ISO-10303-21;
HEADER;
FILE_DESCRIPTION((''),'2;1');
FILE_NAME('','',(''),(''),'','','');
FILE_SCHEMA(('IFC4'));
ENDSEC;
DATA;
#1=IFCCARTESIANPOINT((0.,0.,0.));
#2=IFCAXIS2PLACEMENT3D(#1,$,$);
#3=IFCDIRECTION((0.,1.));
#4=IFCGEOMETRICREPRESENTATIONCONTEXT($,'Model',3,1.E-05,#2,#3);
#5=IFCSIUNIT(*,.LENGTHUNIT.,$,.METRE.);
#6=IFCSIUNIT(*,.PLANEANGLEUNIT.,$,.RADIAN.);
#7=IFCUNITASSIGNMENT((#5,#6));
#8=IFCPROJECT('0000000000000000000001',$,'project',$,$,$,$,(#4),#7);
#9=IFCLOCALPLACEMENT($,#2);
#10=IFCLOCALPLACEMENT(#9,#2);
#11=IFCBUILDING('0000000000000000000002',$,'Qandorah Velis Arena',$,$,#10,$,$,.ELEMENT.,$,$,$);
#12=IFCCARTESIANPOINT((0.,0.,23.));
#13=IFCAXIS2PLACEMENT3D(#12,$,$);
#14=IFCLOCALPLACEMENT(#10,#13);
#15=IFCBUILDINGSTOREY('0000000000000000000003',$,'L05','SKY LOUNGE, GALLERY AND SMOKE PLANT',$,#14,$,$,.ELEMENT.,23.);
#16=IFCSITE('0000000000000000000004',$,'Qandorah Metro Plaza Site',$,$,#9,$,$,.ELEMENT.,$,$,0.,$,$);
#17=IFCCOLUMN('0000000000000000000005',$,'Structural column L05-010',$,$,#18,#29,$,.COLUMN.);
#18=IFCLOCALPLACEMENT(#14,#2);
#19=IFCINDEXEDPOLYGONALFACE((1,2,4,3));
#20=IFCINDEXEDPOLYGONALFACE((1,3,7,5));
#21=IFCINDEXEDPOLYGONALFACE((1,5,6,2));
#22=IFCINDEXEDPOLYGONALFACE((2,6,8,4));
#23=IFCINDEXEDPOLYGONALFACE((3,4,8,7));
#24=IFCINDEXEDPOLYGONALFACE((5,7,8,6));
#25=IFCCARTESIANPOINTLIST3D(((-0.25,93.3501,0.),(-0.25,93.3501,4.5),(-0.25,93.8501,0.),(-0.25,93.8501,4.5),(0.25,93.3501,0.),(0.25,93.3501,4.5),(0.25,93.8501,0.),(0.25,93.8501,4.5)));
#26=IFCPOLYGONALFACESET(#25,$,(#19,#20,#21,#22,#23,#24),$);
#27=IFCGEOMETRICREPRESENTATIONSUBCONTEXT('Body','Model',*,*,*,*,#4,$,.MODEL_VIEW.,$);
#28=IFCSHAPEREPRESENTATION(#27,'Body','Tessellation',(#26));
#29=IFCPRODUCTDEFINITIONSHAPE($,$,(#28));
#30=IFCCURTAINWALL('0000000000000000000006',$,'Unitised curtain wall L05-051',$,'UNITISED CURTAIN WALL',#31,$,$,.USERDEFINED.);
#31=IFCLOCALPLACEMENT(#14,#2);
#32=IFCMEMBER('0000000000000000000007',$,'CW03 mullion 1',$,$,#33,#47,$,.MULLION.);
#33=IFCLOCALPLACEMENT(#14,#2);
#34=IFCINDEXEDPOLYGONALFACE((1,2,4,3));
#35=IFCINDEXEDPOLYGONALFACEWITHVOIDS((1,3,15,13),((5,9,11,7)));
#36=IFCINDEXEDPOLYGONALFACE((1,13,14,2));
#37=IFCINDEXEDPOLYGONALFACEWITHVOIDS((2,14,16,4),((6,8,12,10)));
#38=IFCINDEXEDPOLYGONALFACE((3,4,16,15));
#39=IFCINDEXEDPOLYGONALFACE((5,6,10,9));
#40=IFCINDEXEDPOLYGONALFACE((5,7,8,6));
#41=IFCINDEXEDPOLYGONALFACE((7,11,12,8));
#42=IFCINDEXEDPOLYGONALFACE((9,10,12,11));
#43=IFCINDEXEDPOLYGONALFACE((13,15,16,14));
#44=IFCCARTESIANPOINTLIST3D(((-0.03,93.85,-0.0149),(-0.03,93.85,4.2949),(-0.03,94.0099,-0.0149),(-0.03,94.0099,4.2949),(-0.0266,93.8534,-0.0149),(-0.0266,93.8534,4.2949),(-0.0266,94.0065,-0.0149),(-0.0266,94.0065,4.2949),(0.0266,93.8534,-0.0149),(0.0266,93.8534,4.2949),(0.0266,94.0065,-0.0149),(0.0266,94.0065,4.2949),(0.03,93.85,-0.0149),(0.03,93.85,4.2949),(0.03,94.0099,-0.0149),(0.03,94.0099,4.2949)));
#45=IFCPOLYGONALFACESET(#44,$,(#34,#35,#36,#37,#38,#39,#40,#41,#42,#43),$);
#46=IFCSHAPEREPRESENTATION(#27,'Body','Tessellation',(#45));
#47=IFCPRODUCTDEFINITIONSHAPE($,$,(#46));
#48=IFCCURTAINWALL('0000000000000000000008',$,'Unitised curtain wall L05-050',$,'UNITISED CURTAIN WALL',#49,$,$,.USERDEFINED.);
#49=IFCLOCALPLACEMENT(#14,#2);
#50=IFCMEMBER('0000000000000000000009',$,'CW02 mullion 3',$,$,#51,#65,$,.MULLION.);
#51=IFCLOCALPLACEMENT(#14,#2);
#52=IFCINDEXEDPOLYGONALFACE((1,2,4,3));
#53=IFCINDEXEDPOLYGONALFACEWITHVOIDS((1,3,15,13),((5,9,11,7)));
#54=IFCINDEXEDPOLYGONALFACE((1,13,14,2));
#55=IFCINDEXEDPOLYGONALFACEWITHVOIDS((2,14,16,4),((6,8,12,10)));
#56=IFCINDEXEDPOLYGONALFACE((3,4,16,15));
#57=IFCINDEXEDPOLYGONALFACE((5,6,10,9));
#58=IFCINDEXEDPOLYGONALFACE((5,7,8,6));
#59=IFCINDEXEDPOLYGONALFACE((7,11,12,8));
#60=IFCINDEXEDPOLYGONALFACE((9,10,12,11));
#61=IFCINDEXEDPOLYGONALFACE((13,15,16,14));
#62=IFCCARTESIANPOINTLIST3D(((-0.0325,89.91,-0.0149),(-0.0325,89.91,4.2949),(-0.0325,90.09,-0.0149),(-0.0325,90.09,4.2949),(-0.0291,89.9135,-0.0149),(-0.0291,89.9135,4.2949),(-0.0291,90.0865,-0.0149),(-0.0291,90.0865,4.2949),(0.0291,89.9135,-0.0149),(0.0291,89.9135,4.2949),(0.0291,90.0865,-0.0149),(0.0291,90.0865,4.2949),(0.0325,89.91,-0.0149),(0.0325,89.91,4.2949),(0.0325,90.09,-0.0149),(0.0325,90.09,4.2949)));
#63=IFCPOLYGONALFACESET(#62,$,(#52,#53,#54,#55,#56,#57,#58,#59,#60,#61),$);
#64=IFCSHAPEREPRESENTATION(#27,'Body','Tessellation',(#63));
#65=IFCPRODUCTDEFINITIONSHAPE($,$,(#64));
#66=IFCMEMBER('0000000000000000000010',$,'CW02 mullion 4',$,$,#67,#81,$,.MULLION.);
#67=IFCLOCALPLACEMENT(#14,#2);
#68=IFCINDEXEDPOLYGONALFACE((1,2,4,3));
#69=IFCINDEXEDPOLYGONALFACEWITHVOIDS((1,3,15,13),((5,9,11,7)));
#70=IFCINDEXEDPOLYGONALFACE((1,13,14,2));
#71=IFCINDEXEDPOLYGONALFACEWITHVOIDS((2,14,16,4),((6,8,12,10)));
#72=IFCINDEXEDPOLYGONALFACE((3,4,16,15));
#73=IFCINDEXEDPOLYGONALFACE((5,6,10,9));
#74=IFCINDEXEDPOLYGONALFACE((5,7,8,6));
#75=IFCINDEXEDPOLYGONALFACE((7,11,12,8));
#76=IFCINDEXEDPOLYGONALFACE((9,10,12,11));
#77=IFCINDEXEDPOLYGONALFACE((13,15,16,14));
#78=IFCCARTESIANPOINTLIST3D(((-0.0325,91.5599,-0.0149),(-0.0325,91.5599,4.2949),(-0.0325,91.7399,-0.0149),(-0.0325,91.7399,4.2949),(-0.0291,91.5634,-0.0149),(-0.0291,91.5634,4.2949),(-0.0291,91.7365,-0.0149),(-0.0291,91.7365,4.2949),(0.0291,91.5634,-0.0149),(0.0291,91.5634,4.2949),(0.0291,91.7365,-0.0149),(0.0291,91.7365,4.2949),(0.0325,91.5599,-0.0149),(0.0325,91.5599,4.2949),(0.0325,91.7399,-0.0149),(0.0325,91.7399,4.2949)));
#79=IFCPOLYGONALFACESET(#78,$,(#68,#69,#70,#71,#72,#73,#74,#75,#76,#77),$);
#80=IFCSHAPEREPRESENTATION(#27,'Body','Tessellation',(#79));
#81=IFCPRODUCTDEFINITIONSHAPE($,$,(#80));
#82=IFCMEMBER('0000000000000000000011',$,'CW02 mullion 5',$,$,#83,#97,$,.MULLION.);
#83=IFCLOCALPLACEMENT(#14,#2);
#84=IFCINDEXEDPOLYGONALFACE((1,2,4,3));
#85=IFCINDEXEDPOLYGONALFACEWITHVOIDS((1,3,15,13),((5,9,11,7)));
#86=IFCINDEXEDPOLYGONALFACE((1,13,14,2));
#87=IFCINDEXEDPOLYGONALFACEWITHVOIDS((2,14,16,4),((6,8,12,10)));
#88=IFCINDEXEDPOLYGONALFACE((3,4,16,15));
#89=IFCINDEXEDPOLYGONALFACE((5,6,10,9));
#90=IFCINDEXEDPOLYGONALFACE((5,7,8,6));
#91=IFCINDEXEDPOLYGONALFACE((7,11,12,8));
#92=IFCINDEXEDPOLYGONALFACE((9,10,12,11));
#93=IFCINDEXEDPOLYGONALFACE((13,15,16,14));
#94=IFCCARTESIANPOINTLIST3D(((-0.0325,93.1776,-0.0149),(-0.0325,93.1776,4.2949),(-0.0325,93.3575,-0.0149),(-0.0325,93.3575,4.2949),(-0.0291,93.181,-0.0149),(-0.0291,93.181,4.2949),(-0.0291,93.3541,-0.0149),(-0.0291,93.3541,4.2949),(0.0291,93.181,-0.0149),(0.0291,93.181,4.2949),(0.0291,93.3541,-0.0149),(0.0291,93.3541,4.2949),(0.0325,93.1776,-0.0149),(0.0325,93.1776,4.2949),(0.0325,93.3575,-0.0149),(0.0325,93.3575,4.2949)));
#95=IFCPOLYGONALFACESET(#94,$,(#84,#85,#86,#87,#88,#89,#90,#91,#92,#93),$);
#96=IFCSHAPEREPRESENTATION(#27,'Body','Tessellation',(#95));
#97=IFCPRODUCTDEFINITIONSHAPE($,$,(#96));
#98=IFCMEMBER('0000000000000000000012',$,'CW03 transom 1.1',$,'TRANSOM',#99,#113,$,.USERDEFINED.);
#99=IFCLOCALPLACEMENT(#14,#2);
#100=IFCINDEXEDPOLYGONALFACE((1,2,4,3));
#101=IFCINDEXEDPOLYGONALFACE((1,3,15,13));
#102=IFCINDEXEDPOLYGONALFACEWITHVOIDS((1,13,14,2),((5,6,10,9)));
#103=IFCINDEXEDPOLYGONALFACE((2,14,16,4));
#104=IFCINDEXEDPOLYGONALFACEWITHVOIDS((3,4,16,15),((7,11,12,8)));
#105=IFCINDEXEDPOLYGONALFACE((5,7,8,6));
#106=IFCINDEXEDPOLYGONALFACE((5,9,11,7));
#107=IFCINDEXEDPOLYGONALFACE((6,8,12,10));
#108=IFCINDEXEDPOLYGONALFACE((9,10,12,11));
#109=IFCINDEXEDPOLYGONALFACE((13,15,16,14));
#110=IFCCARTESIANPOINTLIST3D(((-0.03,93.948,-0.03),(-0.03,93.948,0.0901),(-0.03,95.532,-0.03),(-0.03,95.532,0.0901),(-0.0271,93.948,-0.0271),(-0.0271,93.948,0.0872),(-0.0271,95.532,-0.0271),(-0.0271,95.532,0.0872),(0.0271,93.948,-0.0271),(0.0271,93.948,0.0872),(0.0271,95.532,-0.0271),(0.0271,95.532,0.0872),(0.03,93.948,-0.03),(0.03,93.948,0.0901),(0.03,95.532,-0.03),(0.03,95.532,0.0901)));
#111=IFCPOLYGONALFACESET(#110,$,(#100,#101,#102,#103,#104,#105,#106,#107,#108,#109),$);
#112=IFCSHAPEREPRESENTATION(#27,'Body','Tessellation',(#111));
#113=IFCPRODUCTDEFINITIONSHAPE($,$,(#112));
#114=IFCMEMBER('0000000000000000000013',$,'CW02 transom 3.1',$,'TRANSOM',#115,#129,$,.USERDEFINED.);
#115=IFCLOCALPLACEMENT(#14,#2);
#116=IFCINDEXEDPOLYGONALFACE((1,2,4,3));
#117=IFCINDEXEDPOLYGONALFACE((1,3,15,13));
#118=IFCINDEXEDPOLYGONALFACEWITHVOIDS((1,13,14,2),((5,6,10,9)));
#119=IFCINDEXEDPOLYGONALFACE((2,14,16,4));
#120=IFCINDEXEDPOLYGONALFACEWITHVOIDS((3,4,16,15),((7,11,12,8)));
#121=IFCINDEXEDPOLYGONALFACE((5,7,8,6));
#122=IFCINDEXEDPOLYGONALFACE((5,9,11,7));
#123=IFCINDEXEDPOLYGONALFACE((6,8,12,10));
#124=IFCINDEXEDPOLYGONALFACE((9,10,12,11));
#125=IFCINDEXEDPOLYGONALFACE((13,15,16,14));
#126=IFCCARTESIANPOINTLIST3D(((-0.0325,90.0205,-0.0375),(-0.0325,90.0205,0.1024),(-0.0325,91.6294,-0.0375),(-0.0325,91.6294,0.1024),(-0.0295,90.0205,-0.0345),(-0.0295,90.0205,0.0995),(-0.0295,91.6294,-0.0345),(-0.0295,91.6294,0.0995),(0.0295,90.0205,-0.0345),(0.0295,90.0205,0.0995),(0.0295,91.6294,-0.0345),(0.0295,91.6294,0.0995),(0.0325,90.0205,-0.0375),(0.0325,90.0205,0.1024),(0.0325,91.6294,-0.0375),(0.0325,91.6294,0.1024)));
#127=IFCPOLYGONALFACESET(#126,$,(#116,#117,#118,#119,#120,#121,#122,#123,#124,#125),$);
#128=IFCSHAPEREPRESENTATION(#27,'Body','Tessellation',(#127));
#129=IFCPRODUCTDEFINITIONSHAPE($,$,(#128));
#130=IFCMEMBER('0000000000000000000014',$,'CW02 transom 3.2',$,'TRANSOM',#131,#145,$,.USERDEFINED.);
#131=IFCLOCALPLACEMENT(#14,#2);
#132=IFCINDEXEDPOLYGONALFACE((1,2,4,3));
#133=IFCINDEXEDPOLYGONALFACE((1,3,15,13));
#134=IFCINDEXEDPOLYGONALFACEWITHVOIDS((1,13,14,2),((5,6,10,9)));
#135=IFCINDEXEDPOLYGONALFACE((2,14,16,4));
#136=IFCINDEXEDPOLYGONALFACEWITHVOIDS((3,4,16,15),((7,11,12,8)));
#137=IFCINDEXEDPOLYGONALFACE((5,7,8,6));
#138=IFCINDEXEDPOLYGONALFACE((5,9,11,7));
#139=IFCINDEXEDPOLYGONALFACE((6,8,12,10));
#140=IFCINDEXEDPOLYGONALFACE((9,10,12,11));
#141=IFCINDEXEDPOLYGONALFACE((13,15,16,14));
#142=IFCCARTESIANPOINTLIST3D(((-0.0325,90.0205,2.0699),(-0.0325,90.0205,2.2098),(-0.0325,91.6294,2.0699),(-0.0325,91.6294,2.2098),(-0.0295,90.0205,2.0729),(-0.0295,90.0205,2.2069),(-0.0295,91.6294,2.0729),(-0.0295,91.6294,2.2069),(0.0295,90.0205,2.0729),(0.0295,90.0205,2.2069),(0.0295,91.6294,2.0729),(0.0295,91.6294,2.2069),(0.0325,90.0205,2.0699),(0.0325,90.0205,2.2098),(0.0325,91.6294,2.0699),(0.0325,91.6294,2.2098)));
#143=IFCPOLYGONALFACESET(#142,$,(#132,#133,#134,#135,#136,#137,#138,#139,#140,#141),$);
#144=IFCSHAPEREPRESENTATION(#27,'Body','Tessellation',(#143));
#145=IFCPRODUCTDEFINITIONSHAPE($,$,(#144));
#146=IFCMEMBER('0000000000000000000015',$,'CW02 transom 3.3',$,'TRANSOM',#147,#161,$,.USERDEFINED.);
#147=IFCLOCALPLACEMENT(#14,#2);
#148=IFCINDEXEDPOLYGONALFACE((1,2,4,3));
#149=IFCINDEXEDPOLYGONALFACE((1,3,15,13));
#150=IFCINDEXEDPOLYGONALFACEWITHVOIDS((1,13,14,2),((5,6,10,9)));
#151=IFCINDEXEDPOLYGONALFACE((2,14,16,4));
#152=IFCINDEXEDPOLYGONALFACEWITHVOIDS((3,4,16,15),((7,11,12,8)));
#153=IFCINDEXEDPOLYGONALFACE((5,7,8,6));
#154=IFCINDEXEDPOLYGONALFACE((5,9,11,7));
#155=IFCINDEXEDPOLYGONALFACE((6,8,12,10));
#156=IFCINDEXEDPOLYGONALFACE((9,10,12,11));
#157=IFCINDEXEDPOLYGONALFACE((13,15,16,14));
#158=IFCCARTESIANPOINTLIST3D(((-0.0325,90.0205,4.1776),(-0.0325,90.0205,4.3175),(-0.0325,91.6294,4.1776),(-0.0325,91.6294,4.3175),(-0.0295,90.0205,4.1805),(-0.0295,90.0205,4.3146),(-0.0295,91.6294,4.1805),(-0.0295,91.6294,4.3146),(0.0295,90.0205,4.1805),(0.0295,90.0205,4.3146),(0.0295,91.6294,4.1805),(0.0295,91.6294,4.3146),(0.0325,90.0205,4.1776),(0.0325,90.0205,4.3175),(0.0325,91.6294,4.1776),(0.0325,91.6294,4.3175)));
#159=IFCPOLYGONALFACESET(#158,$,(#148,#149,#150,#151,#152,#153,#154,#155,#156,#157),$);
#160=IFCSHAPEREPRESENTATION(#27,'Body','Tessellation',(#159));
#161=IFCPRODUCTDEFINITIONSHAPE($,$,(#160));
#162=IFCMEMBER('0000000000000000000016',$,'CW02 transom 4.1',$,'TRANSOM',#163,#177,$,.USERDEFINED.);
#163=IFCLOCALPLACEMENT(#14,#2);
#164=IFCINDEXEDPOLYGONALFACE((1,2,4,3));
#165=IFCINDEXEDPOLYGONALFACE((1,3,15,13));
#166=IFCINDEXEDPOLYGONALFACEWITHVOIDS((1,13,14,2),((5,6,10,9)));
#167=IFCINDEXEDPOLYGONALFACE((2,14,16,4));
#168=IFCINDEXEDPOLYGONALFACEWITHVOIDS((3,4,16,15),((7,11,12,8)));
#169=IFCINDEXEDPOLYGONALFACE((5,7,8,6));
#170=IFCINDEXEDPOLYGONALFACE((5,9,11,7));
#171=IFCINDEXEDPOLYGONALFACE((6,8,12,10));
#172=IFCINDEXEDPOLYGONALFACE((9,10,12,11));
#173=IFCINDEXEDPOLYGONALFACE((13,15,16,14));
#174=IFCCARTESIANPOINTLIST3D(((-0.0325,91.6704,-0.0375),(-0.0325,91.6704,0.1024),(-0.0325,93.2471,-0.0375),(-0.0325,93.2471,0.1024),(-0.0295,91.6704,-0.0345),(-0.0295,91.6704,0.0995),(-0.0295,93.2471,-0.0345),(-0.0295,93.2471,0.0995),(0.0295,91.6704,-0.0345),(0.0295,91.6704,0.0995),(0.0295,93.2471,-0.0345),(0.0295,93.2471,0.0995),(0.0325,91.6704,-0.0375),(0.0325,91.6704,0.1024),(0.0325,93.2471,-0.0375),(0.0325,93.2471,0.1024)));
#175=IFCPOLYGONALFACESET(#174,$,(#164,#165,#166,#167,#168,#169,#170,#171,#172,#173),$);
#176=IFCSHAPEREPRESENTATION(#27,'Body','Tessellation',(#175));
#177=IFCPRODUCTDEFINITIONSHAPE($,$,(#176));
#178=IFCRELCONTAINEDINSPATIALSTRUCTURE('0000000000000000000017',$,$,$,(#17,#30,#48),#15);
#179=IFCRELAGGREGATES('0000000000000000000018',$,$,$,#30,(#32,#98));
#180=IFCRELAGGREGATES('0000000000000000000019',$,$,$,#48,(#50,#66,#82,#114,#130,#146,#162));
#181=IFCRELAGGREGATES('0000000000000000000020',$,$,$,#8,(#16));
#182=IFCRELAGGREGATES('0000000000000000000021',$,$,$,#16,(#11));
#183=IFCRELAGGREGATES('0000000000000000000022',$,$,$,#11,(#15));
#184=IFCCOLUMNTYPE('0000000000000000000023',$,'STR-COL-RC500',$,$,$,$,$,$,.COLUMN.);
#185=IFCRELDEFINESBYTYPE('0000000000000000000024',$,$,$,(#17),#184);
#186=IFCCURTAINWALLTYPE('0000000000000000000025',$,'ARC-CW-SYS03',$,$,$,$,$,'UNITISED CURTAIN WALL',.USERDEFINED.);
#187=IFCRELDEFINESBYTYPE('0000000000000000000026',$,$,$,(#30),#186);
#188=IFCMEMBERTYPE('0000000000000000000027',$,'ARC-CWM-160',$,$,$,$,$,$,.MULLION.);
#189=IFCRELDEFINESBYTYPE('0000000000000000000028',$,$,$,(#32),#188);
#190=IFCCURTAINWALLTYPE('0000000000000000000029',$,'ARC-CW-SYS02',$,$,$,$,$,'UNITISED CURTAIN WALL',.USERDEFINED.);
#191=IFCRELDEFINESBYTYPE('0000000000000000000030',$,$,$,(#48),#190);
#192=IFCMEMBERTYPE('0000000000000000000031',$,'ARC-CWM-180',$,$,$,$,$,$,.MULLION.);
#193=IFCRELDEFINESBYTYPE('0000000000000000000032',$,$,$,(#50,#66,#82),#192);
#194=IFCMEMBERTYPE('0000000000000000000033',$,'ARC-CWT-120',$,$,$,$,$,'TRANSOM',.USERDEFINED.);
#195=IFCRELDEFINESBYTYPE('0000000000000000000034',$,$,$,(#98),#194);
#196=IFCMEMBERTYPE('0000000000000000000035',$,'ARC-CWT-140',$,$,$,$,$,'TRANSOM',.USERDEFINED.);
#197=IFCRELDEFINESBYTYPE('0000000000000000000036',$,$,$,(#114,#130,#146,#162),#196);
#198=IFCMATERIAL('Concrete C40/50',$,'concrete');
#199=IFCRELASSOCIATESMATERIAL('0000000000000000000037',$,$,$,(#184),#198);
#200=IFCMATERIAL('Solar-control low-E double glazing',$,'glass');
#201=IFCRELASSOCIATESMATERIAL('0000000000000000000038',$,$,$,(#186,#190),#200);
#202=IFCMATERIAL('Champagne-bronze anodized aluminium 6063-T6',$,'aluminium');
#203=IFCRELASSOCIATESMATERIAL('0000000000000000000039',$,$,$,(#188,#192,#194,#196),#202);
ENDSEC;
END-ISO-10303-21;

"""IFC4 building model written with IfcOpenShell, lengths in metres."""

from ifc_helpers import new_model, si_unit, direction, frame, origin, origin_2d, place, context, subcontext, project, spatial, rectangle, hollow_rectangle, extrude, material, material_profile, profile_set, type_object, element, aggregate, save


model = new_model("IFC4")

# Units and contexts
model_context = context("Model", 3, precision=1e-05, world=origin(), true_north=direction((0.0, 1.0)))
body_context = subcontext(model_context, "Body", "Model", "MODEL_VIEW")
ifc_project = project(units=[si_unit("LENGTHUNIT", "METRE"), si_unit("PLANEANGLEUNIT", "RADIAN")], contexts=[model_context])

# Site, building, storey
site_placement = place(None, origin())
site = spatial("IfcSite", under=ifc_project, at=site_placement, Name="Qandorah Metro Plaza Site", CompositionType="ELEMENT", RefElevation=0.0)
building_placement = place(site_placement, origin())
building = spatial("IfcBuilding", under=site, at=building_placement, Name="Qandorah Velis Arena", CompositionType="ELEMENT")
storey_placement = place(building_placement, frame((0.0, 0.0, 23.0)))
storey = spatial("IfcBuildingStorey", under=building, at=storey_placement, Name="L05", Description="SKY LOUNGE, GALLERY AND SMOKE PLANT", CompositionType="ELEMENT", Elevation=23.0)

# Column
ifc_material_1 = material(Name="Concrete C40/50", Category="concrete")
ifc_material_profile_1 = material_profile(ifc_material_1, rectangle(XDim=0.5, YDim=0.5, at=origin_2d()), Name="RC COL 500x500")
ifc_profile_set_1 = profile_set([ifc_material_profile_1], Name="Concrete C40/50")
column_type = type_object("IfcColumnType", Name="STR-COL-RC500", PredefinedType="COLUMN", material=ifc_profile_set_1)
column_placement = place(storey_placement, frame((0.0, 93.6001, 0.0), z_axis=(0.0, 0.0, 1.0), x_axis=(1.0, 0.0, 0.0)))
element("IfcColumn", 1, at=column_placement, inside=storey, type_object=column_type, Name="Structural column L05-010", PredefinedType="COLUMN", context=body_context, shape_type="SweptSolid", body=[
    extrude(rectangle(XDim=0.5, YDim=0.5, at=origin_2d()), origin(), (0.0, 0.0, 1.0), 4.5),
])

# Curtain wall, member
ifc_material_2 = material(Name="Solar-control low-E double glazing", Category="glass")
curtain_wall_type_1 = type_object("IfcCurtainWallType", Name="ARC-CW-SYS03", ElementType="UNITISED CURTAIN WALL", PredefinedType="USERDEFINED", material=ifc_material_2)
curtain_wall_1_placement = place(storey_placement, origin())
curtain_wall_1 = element("IfcCurtainWall", 2, at=curtain_wall_1_placement, inside=storey, type_object=curtain_wall_type_1, Name="Unitised curtain wall L05-051", ObjectType="UNITISED CURTAIN WALL", PredefinedType="USERDEFINED")
ifc_material_3 = material(Name="Champagne-bronze anodized aluminium 6063-T6", Category="aluminium")
ifc_material_profile_2 = material_profile(ifc_material_3, hollow_rectangle(XDim=0.0601, YDim=0.1599, WallThickness=0.0034, at=origin_2d()), Name="ALU MULLION 60x160")
ifc_profile_set_2 = profile_set([ifc_material_profile_2], Name="Champagne-bronze anodized aluminium 6063-T6")
member_type_1 = type_object("IfcMemberType", Name="ARC-CWM-160", PredefinedType="MULLION", material=ifc_profile_set_2)
member_1_placement = place(storey_placement, frame((0.0, 93.9299, -0.0149), z_axis=(0.0, 0.0, 1.0), x_axis=(-1.0, 0.0, 0.0)))
member_1 = element("IfcMember", 3, at=member_1_placement, type_object=member_type_1, Name="CW03 mullion 1", PredefinedType="MULLION", context=body_context, shape_type="SweptSolid", body=[
    extrude(hollow_rectangle(XDim=0.0601, YDim=0.1599, WallThickness=0.0034, at=origin_2d()), origin(), (0.0, 0.0, 1.0), 4.3098),
])

# Curtain wall, members
curtain_wall_type_2 = type_object("IfcCurtainWallType", Name="ARC-CW-SYS02", ElementType="UNITISED CURTAIN WALL", PredefinedType="USERDEFINED", material=ifc_material_2)
curtain_wall_2_placement = place(storey_placement, origin())
curtain_wall_2 = element("IfcCurtainWall", 4, at=curtain_wall_2_placement, inside=storey, type_object=curtain_wall_type_2, Name="Unitised curtain wall L05-050", ObjectType="UNITISED CURTAIN WALL", PredefinedType="USERDEFINED")
ifc_material_profile_3 = material_profile(ifc_material_3, hollow_rectangle(XDim=0.0649, YDim=0.1799, WallThickness=0.0034, at=origin_2d()), Name="ALU MULLION 65x180")
ifc_profile_set_3 = profile_set([ifc_material_profile_3], Name="Champagne-bronze anodized aluminium 6063-T6")
member_type_2 = type_object("IfcMemberType", Name="ARC-CWM-180", PredefinedType="MULLION", material=ifc_profile_set_3)
member_2_placement = place(storey_placement, frame((0.0, 90.0, -0.0149), z_axis=(0.0, 0.0, 1.0), x_axis=(-1.0, 0.0, 0.0)))
member_2 = element("IfcMember", 5, at=member_2_placement, type_object=member_type_2, Name="CW02 mullion 3", PredefinedType="MULLION", context=body_context, shape_type="SweptSolid", body=[
    extrude(hollow_rectangle(XDim=0.0649, YDim=0.1799, WallThickness=0.0034, at=origin_2d()), origin(), (0.0, 0.0, 1.0), 4.3098),
])
member_3_placement = place(storey_placement, frame((0.0, 91.6499, -0.0149), z_axis=(0.0, 0.0, 1.0), x_axis=(-1.0, 0.0, 0.0)))
member_3 = element("IfcMember", 6, at=member_3_placement, type_object=member_type_2, Name="CW02 mullion 4", PredefinedType="MULLION", context=body_context, shape_type="SweptSolid", body=[
    extrude(hollow_rectangle(XDim=0.0649, YDim=0.1799, WallThickness=0.0034, at=origin_2d()), origin(), (0.0, 0.0, 1.0), 4.3098),
])
member_4_placement = place(storey_placement, frame((0.0, 93.2676, -0.0149), z_axis=(0.0, 0.0, 1.0), x_axis=(-1.0, 0.0, 0.0)))
member_4 = element("IfcMember", 7, at=member_4_placement, type_object=member_type_2, Name="CW02 mullion 5", PredefinedType="MULLION", context=body_context, shape_type="SweptSolid", body=[
    extrude(hollow_rectangle(XDim=0.0649, YDim=0.1799, WallThickness=0.0034, at=origin_2d()), origin(), (0.0, 0.0, 1.0), 4.3098),
])

# Members
ifc_material_profile_4 = material_profile(ifc_material_3, hollow_rectangle(XDim=0.0601, YDim=0.1201, WallThickness=0.0029, at=origin_2d()), Name="ALU TRANSOM 60x120")
ifc_profile_set_4 = profile_set([ifc_material_profile_4], Name="Champagne-bronze anodized aluminium 6063-T6")
member_type_3 = type_object("IfcMemberType", Name="ARC-CWT-120", ElementType="TRANSOM", PredefinedType="USERDEFINED", material=ifc_profile_set_4)
member_5_placement = place(storey_placement, frame((0.0, 93.948, 0.03), z_axis=(0.0, 1.0, 0.0), x_axis=(-1.0, 0.0, 0.0)))
member_5 = element("IfcMember", 8, at=member_5_placement, type_object=member_type_3, Name="CW03 transom 1.1", ObjectType="TRANSOM", PredefinedType="USERDEFINED", context=body_context, shape_type="SweptSolid", body=[
    extrude(hollow_rectangle(XDim=0.0601, YDim=0.1201, WallThickness=0.0029, at=origin_2d()), origin(), (0.0, 0.0, 1.0), 1.584),
])
aggregate(curtain_wall_1, [member_1, member_5])
ifc_material_profile_5 = material_profile(ifc_material_3, hollow_rectangle(XDim=0.0649, YDim=0.1399, WallThickness=0.0029, at=origin_2d()), Name="ALU TRANSOM 65x140")
ifc_profile_set_5 = profile_set([ifc_material_profile_5], Name="Champagne-bronze anodized aluminium 6063-T6")
member_type_4 = type_object("IfcMemberType", Name="ARC-CWT-140", ElementType="TRANSOM", PredefinedType="USERDEFINED", material=ifc_profile_set_5)
member_6_placement = place(storey_placement, frame((0.0, 90.0205, 0.0325), z_axis=(0.0, 1.0, 0.0), x_axis=(-1.0, 0.0, 0.0)))
member_6 = element("IfcMember", 9, at=member_6_placement, type_object=member_type_4, Name="CW02 transom 3.1", ObjectType="TRANSOM", PredefinedType="USERDEFINED", context=body_context, shape_type="SweptSolid", body=[
    extrude(hollow_rectangle(XDim=0.0649, YDim=0.1399, WallThickness=0.0029, at=origin_2d()), origin(), (0.0, 0.0, 1.0), 1.6089),
])
member_7_placement = place(storey_placement, frame((0.0, 90.0205, 2.1399), z_axis=(0.0, 1.0, 0.0), x_axis=(-1.0, 0.0, 0.0)))
member_7 = element("IfcMember", 10, at=member_7_placement, type_object=member_type_4, Name="CW02 transom 3.2", ObjectType="TRANSOM", PredefinedType="USERDEFINED", context=body_context, shape_type="SweptSolid", body=[
    extrude(hollow_rectangle(XDim=0.0649, YDim=0.1399, WallThickness=0.0029, at=origin_2d()), origin(), (0.0, 0.0, 1.0), 1.6089),
])
member_8_placement = place(storey_placement, frame((0.0, 90.0205, 4.2476), z_axis=(0.0, 1.0, 0.0), x_axis=(-1.0, 0.0, 0.0)))
member_8 = element("IfcMember", 11, at=member_8_placement, type_object=member_type_4, Name="CW02 transom 3.3", ObjectType="TRANSOM", PredefinedType="USERDEFINED", context=body_context, shape_type="SweptSolid", body=[
    extrude(hollow_rectangle(XDim=0.0649, YDim=0.1399, WallThickness=0.0029, at=origin_2d()), origin(), (0.0, 0.0, 1.0), 1.6089),
])
member_9_placement = place(storey_placement, frame((0.0, 91.6704, 0.0325), z_axis=(0.0, 1.0, 0.0), x_axis=(-1.0, 0.0, 0.0)))
member_9 = element("IfcMember", 12, at=member_9_placement, type_object=member_type_4, Name="CW02 transom 4.1", ObjectType="TRANSOM", PredefinedType="USERDEFINED", context=body_context, shape_type="SweptSolid", body=[
    extrude(hollow_rectangle(XDim=0.0649, YDim=0.1399, WallThickness=0.0029, at=origin_2d()), origin(), (0.0, 0.0, 1.0), 1.5767),
])

aggregate(curtain_wall_2, [member_2, member_3, member_4, member_6, member_7, member_8, member_9])

save(model, "model.ifc")
